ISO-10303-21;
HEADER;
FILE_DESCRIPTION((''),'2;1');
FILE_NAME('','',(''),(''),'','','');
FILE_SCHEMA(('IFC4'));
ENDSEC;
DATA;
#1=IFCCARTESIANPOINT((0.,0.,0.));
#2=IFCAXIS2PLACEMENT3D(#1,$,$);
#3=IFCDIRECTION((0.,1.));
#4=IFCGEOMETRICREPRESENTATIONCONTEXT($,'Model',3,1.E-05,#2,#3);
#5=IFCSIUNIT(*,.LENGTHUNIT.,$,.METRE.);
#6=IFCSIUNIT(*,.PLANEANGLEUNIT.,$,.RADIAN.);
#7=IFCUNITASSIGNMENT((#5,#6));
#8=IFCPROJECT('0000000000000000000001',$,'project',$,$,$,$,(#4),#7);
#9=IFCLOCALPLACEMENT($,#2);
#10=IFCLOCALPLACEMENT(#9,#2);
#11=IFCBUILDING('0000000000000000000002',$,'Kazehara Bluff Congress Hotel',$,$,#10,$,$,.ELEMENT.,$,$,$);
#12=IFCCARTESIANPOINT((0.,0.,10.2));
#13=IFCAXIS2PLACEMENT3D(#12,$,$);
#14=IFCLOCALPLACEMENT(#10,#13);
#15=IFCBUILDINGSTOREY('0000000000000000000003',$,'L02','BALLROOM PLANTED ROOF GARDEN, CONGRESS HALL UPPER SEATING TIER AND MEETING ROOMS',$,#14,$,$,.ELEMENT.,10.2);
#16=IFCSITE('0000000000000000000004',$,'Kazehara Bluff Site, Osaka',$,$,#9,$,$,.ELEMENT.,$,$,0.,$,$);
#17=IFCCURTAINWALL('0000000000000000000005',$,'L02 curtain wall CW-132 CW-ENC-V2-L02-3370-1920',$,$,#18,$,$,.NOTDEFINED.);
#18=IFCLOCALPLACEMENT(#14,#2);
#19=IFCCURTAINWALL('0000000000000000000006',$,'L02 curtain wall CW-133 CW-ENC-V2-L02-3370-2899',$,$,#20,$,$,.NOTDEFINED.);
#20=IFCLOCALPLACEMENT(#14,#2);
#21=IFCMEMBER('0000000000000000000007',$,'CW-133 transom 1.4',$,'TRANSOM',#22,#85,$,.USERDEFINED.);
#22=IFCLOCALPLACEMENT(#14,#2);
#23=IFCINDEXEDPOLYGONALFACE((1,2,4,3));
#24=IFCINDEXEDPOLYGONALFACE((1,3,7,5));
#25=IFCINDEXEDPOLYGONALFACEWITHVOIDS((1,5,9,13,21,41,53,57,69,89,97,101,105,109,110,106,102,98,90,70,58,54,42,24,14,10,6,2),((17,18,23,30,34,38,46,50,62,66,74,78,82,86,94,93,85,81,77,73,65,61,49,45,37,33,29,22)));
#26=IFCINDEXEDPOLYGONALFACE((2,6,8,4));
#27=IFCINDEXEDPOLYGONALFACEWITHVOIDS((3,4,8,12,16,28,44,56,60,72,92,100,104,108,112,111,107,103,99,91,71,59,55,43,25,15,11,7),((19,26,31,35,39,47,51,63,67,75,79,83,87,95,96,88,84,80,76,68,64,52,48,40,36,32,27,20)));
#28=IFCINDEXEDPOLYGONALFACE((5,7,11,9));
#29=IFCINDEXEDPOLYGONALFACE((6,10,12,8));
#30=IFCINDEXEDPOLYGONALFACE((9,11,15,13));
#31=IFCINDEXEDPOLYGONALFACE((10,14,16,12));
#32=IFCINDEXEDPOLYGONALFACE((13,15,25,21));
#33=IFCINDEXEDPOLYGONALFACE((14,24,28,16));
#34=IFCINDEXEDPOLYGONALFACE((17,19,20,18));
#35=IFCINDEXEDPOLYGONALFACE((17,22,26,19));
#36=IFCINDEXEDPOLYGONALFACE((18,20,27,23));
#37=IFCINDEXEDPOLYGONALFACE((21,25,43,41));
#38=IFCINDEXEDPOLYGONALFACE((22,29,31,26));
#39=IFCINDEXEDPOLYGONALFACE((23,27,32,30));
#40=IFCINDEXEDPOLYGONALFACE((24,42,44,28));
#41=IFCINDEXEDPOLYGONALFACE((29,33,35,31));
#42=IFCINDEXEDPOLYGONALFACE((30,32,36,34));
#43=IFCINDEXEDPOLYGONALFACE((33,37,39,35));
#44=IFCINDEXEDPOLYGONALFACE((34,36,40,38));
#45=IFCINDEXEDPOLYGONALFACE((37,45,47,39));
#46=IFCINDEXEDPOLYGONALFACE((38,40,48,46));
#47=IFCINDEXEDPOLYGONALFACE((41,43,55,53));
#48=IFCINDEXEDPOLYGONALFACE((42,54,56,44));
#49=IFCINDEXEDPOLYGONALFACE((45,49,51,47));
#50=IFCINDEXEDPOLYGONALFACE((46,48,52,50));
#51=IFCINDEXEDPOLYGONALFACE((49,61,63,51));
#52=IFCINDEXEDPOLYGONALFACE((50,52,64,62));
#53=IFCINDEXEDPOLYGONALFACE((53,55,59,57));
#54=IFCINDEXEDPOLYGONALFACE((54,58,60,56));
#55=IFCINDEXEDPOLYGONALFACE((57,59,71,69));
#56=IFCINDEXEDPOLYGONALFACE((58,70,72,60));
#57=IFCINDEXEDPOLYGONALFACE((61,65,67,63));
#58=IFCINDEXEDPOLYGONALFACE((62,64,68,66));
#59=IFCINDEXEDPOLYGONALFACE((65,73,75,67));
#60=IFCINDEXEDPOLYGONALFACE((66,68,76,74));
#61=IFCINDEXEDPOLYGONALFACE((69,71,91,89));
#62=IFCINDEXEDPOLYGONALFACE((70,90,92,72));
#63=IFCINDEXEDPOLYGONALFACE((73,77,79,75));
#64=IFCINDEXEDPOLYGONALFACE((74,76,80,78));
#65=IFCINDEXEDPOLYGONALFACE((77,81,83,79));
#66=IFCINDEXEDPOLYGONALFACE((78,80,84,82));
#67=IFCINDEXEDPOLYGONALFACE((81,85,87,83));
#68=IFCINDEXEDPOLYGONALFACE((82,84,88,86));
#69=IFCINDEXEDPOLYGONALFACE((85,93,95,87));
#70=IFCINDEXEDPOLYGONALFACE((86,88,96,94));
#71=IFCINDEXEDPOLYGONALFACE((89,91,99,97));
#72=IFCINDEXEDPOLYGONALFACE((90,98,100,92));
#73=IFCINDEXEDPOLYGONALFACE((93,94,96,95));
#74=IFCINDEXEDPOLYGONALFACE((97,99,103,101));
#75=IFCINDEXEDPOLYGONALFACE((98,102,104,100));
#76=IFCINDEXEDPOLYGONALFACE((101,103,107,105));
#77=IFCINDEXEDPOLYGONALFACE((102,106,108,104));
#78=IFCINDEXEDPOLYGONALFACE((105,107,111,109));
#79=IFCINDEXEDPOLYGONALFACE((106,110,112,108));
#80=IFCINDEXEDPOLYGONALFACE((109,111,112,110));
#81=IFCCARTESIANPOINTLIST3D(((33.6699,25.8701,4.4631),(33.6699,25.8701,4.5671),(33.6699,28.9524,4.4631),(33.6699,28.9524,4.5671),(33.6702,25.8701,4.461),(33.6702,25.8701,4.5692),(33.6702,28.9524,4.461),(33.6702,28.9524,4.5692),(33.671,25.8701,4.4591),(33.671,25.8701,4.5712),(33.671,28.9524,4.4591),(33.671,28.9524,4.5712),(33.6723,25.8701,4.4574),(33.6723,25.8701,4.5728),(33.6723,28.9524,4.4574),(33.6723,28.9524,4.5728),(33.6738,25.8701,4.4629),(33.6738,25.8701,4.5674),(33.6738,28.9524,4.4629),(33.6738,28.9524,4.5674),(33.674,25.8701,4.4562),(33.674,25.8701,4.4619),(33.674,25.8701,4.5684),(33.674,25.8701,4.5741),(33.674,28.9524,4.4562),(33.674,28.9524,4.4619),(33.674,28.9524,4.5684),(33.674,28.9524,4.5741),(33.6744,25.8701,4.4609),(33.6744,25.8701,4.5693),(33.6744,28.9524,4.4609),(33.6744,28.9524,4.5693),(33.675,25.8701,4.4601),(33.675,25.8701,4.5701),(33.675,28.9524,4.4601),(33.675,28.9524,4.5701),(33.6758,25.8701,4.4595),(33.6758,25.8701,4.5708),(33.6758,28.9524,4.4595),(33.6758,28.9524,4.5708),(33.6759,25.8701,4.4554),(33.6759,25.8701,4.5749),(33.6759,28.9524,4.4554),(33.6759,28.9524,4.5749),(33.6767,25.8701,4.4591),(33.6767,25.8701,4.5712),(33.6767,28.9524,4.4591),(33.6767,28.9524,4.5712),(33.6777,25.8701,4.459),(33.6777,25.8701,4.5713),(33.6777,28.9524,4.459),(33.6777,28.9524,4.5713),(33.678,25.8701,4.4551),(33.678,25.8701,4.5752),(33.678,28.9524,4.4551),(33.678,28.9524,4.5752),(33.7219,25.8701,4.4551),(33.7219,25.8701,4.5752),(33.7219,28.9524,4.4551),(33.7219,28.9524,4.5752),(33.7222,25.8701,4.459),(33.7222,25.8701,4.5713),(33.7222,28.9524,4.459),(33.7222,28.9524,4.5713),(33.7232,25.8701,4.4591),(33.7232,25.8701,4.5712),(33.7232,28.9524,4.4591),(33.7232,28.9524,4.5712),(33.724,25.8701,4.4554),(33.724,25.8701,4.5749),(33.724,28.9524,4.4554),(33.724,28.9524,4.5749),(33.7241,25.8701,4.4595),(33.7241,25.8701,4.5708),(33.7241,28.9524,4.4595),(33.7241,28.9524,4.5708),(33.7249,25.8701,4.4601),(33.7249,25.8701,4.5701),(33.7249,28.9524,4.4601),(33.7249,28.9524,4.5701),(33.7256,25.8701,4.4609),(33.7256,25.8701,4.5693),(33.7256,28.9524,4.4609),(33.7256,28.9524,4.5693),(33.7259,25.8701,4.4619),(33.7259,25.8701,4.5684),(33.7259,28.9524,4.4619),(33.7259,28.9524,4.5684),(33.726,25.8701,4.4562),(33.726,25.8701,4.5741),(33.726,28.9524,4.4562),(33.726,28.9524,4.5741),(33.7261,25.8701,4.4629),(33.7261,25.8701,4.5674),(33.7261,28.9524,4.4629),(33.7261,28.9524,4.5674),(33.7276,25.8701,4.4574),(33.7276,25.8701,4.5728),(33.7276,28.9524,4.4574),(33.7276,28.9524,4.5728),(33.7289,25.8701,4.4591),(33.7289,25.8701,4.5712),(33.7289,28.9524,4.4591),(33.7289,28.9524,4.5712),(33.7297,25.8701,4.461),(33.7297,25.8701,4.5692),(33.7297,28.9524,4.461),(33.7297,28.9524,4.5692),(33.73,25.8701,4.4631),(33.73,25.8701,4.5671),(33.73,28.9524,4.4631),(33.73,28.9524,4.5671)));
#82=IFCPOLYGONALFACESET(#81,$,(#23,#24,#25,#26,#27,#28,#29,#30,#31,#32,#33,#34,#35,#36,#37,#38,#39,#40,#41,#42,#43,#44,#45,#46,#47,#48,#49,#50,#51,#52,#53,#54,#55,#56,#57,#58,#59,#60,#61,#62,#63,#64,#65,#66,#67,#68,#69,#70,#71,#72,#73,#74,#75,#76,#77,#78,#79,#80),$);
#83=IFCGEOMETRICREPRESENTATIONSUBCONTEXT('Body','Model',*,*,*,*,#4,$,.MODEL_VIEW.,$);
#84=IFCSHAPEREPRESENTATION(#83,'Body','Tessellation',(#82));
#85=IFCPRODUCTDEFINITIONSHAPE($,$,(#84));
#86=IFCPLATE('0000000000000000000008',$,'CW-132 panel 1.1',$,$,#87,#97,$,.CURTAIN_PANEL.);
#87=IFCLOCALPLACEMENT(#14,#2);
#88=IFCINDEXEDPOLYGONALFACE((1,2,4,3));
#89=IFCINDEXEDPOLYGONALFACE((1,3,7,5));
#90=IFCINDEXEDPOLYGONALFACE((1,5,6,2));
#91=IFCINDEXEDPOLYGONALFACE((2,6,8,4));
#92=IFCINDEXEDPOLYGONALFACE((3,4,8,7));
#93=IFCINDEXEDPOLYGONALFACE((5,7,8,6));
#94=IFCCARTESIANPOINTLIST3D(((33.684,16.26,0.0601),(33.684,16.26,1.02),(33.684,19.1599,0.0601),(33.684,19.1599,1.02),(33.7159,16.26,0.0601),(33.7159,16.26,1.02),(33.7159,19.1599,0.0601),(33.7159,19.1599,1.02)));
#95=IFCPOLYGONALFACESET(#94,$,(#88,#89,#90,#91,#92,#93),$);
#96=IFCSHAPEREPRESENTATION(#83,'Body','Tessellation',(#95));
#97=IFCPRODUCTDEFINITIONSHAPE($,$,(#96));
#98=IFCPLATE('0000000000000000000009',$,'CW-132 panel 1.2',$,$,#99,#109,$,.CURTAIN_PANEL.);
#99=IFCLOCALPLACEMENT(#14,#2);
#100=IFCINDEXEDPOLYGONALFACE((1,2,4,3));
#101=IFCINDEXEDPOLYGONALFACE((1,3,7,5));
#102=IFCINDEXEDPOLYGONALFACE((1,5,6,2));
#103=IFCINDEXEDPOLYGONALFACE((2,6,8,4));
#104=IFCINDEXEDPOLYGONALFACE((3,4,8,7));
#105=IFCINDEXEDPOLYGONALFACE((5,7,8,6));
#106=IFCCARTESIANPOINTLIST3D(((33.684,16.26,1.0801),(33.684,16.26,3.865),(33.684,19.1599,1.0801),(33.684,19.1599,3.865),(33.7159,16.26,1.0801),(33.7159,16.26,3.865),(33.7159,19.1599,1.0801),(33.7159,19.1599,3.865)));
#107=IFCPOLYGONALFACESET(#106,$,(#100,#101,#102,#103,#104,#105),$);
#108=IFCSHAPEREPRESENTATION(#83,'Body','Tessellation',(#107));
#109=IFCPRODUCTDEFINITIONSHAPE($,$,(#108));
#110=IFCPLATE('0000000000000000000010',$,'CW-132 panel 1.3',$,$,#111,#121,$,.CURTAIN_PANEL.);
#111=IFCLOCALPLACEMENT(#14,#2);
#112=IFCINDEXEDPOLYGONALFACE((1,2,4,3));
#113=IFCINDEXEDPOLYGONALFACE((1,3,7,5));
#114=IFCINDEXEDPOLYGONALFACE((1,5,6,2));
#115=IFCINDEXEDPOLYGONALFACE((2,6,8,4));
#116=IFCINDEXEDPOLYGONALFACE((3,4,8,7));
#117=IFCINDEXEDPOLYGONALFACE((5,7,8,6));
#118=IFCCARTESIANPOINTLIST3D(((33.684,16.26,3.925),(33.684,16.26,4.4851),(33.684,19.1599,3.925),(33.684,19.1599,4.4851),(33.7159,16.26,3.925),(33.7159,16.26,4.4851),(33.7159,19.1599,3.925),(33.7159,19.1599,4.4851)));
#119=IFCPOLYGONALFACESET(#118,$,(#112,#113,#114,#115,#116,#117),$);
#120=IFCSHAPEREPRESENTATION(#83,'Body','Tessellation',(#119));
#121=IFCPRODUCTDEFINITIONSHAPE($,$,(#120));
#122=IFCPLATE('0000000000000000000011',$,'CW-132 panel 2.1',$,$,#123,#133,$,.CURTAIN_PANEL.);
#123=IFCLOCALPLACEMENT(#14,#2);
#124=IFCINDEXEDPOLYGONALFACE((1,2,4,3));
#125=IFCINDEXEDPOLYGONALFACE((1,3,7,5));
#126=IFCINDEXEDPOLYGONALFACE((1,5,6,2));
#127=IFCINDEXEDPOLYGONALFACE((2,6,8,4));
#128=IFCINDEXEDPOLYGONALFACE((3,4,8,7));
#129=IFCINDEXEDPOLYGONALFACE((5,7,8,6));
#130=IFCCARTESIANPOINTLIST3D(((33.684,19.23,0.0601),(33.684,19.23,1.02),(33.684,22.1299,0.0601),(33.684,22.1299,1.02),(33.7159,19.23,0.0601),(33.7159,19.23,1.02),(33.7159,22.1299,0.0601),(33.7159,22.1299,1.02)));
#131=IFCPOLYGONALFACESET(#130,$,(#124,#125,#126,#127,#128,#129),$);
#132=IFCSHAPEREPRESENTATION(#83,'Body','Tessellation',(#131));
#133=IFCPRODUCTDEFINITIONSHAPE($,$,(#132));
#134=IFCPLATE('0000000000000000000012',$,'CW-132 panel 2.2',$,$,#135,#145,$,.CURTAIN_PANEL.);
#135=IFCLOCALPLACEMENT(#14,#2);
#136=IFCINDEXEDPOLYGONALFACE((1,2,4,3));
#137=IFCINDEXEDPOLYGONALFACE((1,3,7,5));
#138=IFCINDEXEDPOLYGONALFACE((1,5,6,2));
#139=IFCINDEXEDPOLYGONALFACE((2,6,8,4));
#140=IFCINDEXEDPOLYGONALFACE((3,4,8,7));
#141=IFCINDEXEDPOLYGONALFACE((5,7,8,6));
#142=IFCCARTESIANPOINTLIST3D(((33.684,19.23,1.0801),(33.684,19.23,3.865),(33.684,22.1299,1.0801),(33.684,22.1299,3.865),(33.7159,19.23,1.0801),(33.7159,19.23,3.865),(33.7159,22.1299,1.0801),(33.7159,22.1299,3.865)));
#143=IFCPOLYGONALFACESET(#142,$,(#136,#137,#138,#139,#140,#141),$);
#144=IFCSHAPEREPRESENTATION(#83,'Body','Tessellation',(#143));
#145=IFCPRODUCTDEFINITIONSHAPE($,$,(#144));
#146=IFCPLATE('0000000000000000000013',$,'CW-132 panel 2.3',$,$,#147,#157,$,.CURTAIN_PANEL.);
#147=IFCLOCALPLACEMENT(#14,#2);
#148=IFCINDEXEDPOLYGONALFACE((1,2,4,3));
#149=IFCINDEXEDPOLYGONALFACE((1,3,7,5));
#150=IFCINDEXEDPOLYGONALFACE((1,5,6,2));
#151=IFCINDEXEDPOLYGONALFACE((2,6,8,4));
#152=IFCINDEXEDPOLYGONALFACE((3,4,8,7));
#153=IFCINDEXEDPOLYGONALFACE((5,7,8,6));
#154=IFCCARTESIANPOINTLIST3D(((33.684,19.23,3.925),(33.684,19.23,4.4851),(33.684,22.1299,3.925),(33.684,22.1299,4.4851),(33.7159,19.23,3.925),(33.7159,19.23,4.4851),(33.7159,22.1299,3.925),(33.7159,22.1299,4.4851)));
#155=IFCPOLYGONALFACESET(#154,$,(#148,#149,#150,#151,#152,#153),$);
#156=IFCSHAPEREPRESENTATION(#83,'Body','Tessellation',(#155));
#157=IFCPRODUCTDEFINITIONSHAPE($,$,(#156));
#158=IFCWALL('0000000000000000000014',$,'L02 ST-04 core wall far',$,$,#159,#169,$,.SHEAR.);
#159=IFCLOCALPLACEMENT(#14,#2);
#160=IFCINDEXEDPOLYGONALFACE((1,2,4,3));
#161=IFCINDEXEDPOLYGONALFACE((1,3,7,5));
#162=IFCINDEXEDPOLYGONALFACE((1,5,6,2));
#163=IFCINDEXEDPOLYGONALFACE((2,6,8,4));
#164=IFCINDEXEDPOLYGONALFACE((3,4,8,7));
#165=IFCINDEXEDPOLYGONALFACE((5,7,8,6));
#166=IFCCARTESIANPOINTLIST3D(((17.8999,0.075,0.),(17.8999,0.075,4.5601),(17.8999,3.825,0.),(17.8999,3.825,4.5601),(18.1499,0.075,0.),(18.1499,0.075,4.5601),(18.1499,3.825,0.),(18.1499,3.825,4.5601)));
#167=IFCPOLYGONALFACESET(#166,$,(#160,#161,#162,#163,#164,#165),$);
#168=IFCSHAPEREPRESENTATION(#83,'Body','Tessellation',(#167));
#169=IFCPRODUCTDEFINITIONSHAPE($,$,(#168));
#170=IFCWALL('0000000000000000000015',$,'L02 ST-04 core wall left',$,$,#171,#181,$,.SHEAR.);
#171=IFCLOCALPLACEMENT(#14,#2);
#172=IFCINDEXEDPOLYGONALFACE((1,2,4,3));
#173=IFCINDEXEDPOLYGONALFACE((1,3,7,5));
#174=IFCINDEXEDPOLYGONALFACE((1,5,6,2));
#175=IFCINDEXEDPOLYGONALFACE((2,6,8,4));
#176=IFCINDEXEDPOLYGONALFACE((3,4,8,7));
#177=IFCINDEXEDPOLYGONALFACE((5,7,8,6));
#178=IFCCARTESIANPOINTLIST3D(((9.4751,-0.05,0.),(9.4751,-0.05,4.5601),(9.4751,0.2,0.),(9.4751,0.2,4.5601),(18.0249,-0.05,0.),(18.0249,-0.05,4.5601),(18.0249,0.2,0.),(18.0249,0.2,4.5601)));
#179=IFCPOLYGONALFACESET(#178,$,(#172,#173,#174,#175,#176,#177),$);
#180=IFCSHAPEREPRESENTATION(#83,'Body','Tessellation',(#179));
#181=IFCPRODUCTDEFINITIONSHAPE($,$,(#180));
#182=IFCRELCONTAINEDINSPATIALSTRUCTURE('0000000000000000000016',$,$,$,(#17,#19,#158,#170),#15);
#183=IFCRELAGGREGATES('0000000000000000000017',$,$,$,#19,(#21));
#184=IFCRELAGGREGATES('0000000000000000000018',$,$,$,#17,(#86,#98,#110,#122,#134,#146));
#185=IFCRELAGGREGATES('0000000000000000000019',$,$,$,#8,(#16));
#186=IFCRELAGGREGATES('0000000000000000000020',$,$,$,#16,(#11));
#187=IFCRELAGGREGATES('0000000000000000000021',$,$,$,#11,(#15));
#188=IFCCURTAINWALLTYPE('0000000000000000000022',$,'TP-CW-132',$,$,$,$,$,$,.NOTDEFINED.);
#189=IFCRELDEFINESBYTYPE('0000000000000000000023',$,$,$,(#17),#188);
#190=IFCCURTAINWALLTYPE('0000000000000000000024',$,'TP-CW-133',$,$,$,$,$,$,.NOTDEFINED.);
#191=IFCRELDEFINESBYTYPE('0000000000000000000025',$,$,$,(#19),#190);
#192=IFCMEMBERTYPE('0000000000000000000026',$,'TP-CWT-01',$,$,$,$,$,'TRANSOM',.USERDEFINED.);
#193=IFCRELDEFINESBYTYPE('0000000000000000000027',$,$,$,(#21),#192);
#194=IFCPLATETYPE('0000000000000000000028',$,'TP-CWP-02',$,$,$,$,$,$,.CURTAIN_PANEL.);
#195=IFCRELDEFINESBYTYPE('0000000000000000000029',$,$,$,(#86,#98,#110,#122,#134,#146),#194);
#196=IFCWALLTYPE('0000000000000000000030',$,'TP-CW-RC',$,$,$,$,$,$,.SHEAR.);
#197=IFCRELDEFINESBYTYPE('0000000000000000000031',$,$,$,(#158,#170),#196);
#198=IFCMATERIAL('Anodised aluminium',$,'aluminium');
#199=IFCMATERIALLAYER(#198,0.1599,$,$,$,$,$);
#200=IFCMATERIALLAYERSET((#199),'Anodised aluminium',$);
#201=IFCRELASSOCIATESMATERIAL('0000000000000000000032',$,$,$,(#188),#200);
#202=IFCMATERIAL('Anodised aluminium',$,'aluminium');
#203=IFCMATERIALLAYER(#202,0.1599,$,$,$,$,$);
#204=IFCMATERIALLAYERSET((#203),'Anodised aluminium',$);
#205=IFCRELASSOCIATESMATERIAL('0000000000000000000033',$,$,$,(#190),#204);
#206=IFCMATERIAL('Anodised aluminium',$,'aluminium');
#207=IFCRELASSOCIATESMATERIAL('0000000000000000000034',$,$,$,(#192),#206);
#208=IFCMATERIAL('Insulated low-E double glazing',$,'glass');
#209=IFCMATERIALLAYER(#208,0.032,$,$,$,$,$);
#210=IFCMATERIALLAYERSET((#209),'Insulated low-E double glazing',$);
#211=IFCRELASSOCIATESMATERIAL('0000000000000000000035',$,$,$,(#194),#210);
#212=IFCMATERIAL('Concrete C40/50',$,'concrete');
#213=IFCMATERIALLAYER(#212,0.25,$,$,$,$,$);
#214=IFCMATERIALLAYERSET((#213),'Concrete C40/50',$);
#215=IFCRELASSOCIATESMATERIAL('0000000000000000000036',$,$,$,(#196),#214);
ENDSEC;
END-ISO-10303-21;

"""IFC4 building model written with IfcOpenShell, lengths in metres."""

from ifc_helpers import new_model, si_unit, direction, frame, frame_2d, origin, origin_2d, place, context, subcontext, project, spatial, rectangle, hollow_rectangle, extrude, material, layer, layer_set, material_profile, profile_set, type_object, element, aggregate, save


model = new_model("IFC4")

# Units and contexts
model_context = context("Model", 3, precision=1e-05, world=origin(), true_north=direction((0.0, 1.0)))
body_context = subcontext(model_context, "Body", "Model", "MODEL_VIEW")
ifc_project = project(units=[si_unit("LENGTHUNIT", "METRE"), si_unit("PLANEANGLEUNIT", "RADIAN")], contexts=[model_context])

# Site, building, storey
site_placement = place(None, origin())
site = spatial("IfcSite", under=ifc_project, at=site_placement, Name="Kazehara Bluff Site, Osaka", CompositionType="ELEMENT", RefElevation=0.0)
building_placement = place(site_placement, origin())
building = spatial("IfcBuilding", under=site, at=building_placement, Name="Kazehara Bluff Congress Hotel", CompositionType="ELEMENT")
storey_placement = place(building_placement, frame((0.0, 0.0, 10.2)))
storey = spatial("IfcBuildingStorey", under=building, at=storey_placement, Name="L02", Description="BALLROOM PLANTED ROOF GARDEN, CONGRESS HALL UPPER SEATING TIER AND MEETING ROOMS", CompositionType="ELEMENT", Elevation=10.2)

# Curtain wall
ifc_material_1 = material(Name="Anodised aluminium", Category="aluminium")
ifc_layer_1 = layer(ifc_material_1, 0.1599)
ifc_layer_set_1 = layer_set([ifc_layer_1], Name="Anodised aluminium")
curtain_wall_type_1 = type_object("IfcCurtainWallType", Name="TP-CW-132", PredefinedType="NOTDEFINED", material=ifc_layer_set_1)
curtain_wall_1_placement = place(storey_placement, origin())
curtain_wall_1 = element("IfcCurtainWall", 1, at=curtain_wall_1_placement, inside=storey, type_object=curtain_wall_type_1, Name="L02 curtain wall CW-132 CW-ENC-V2-L02-3370-1920", PredefinedType="NOTDEFINED")

# Curtain wall
ifc_material_2 = material(Name="Anodised aluminium", Category="aluminium")
ifc_layer_2 = layer(ifc_material_2, 0.1599)
ifc_layer_set_2 = layer_set([ifc_layer_2], Name="Anodised aluminium")
curtain_wall_type_2 = type_object("IfcCurtainWallType", Name="TP-CW-133", PredefinedType="NOTDEFINED", material=ifc_layer_set_2)
curtain_wall_2_placement = place(storey_placement, origin())
curtain_wall_2 = element("IfcCurtainWall", 2, at=curtain_wall_2_placement, inside=storey, type_object=curtain_wall_type_2, Name="L02 curtain wall CW-133 CW-ENC-V2-L02-3370-2899", PredefinedType="NOTDEFINED")

# Member
ifc_material_3 = material(Name="Anodised aluminium", Category="aluminium")
ifc_material_profile_1 = material_profile(ifc_material_3, hollow_rectangle(XDim=0.0601, YDim=0.1201, WallThickness=0.0039, InnerFilletRadius=0.0039, OuterFilletRadius=0.0081, at=origin_2d()))
ifc_profile_set_1 = profile_set([ifc_material_profile_1], Name="Anodised aluminium")
member_type_1 = type_object("IfcMemberType", Name="TP-CWT-01", ElementType="TRANSOM", PredefinedType="USERDEFINED", material=ifc_profile_set_1)
member_1_placement = place(storey_placement, frame((33.7, 25.8701, 4.5151), z_axis=(0.0, 1.0, 0.0), x_axis=(-1.0, 0.0, 0.0)))
member_1 = element("IfcMember", 3, at=member_1_placement, type_object=member_type_1, Name="CW-133 transom 1.4", ObjectType="TRANSOM", PredefinedType="USERDEFINED", context=body_context, shape_type="SweptSolid", body=[
    extrude(hollow_rectangle(XDim=0.0601, YDim=0.1201, WallThickness=0.0039, InnerFilletRadius=0.0039, OuterFilletRadius=0.0081, at=origin_2d()), origin(), (0.0, 0.0, 1.0), 3.0823),
])
aggregate(curtain_wall_2, [member_1])

# Plates
ifc_material_4 = material(Name="Insulated low-E double glazing", Category="glass")
ifc_layer_3 = layer(ifc_material_4, 0.032)
ifc_layer_set_3 = layer_set([ifc_layer_3], Name="Insulated low-E double glazing")
plate_type = type_object("IfcPlateType", Name="TP-CWP-02", PredefinedType="CURTAIN_PANEL", material=ifc_layer_set_3)
plate_1_placement = place(storey_placement, frame((33.7, 17.71, 0.0601), z_axis=(0.0, 0.0, 1.0), x_axis=(0.0, 1.0, 0.0)))
plate_1 = element("IfcPlate", 4, at=plate_1_placement, type_object=plate_type, Name="CW-132 panel 1.1", PredefinedType="CURTAIN_PANEL", context=body_context, shape_type="SweptSolid", body=[
    extrude(rectangle(XDim=2.8999, YDim=0.032, at=origin_2d()), origin(), (0.0, 0.0, 1.0), 0.96),
])
plate_2_placement = place(storey_placement, frame((33.7, 17.71, 1.0801), z_axis=(0.0, 0.0, 1.0), x_axis=(0.0, 1.0, 0.0)))
plate_2 = element("IfcPlate", 5, at=plate_2_placement, type_object=plate_type, Name="CW-132 panel 1.2", PredefinedType="CURTAIN_PANEL", context=body_context, shape_type="SweptSolid", body=[
    extrude(rectangle(XDim=2.8999, YDim=0.032, at=origin_2d()), origin(), (0.0, 0.0, 1.0), 2.7849),
])
plate_3_placement = place(storey_placement, frame((33.7, 17.71, 3.925), z_axis=(0.0, 0.0, 1.0), x_axis=(0.0, 1.0, 0.0)))
plate_3 = element("IfcPlate", 6, at=plate_3_placement, type_object=plate_type, Name="CW-132 panel 1.3", PredefinedType="CURTAIN_PANEL", context=body_context, shape_type="SweptSolid", body=[
    extrude(rectangle(XDim=2.8999, YDim=0.032, at=origin_2d()), origin(), (0.0, 0.0, 1.0), 0.5601),
])
plate_4_placement = place(storey_placement, frame((33.7, 20.6799, 0.0601), z_axis=(0.0, 0.0, 1.0), x_axis=(0.0, 1.0, 0.0)))
plate_4 = element("IfcPlate", 7, at=plate_4_placement, type_object=plate_type, Name="CW-132 panel 2.1", PredefinedType="CURTAIN_PANEL", context=body_context, shape_type="SweptSolid", body=[
    extrude(rectangle(XDim=2.8999, YDim=0.032, at=origin_2d()), origin(), (0.0, 0.0, 1.0), 0.96),
])
plate_5_placement = place(storey_placement, frame((33.7, 20.6799, 1.0801), z_axis=(0.0, 0.0, 1.0), x_axis=(0.0, 1.0, 0.0)))
plate_5 = element("IfcPlate", 8, at=plate_5_placement, type_object=plate_type, Name="CW-132 panel 2.2", PredefinedType="CURTAIN_PANEL", context=body_context, shape_type="SweptSolid", body=[
    extrude(rectangle(XDim=2.8999, YDim=0.032, at=origin_2d()), origin(), (0.0, 0.0, 1.0), 2.7849),
])
plate_6_placement = place(storey_placement, frame((33.7, 20.6799, 3.925), z_axis=(0.0, 0.0, 1.0), x_axis=(0.0, 1.0, 0.0)))
plate_6 = element("IfcPlate", 9, at=plate_6_placement, type_object=plate_type, Name="CW-132 panel 2.3", PredefinedType="CURTAIN_PANEL", context=body_context, shape_type="SweptSolid", body=[
    extrude(rectangle(XDim=2.8999, YDim=0.032, at=origin_2d()), origin(), (0.0, 0.0, 1.0), 0.5601),
])
aggregate(curtain_wall_1, [plate_1, plate_2, plate_3, plate_4, plate_5, plate_6])

# Walls
ifc_material_5 = material(Name="Concrete C40/50", Category="concrete")
ifc_layer_4 = layer(ifc_material_5, 0.25)
ifc_layer_set_4 = layer_set([ifc_layer_4], Name="Concrete C40/50")
wall_type_1 = type_object("IfcWallType", Name="TP-CW-RC", PredefinedType="SHEAR", material=ifc_layer_set_4)
wall_1_placement = place(storey_placement, frame((18.0249, 3.825, 0.0), z_axis=(0.0, 0.0, 1.0), x_axis=(0.0, -1.0, 0.0)))
element("IfcWall", 10, at=wall_1_placement, inside=storey, type_object=wall_type_1, Name="L02 ST-04 core wall far", PredefinedType="SHEAR", context=body_context, shape_type="SweptSolid", body=[
    extrude(rectangle(XDim=3.75, YDim=0.25, at=frame_2d((1.875, 0.0))), origin(), (0.0, 0.0, 1.0), 4.5601),
])
wall_2_placement = place(storey_placement, frame((18.0249, 0.075, 0.0), z_axis=(0.0, 0.0, 1.0), x_axis=(-1.0, 0.0, 0.0)))
element("IfcWall", 11, at=wall_2_placement, inside=storey, type_object=wall_type_1, Name="L02 ST-04 core wall left", PredefinedType="SHEAR", context=body_context, shape_type="SweptSolid", body=[
    extrude(rectangle(XDim=8.5498, YDim=0.25, at=frame_2d((4.2749, 0.0))), origin(), (0.0, 0.0, 1.0), 4.5601),
])

save(model, "model.ifc")
